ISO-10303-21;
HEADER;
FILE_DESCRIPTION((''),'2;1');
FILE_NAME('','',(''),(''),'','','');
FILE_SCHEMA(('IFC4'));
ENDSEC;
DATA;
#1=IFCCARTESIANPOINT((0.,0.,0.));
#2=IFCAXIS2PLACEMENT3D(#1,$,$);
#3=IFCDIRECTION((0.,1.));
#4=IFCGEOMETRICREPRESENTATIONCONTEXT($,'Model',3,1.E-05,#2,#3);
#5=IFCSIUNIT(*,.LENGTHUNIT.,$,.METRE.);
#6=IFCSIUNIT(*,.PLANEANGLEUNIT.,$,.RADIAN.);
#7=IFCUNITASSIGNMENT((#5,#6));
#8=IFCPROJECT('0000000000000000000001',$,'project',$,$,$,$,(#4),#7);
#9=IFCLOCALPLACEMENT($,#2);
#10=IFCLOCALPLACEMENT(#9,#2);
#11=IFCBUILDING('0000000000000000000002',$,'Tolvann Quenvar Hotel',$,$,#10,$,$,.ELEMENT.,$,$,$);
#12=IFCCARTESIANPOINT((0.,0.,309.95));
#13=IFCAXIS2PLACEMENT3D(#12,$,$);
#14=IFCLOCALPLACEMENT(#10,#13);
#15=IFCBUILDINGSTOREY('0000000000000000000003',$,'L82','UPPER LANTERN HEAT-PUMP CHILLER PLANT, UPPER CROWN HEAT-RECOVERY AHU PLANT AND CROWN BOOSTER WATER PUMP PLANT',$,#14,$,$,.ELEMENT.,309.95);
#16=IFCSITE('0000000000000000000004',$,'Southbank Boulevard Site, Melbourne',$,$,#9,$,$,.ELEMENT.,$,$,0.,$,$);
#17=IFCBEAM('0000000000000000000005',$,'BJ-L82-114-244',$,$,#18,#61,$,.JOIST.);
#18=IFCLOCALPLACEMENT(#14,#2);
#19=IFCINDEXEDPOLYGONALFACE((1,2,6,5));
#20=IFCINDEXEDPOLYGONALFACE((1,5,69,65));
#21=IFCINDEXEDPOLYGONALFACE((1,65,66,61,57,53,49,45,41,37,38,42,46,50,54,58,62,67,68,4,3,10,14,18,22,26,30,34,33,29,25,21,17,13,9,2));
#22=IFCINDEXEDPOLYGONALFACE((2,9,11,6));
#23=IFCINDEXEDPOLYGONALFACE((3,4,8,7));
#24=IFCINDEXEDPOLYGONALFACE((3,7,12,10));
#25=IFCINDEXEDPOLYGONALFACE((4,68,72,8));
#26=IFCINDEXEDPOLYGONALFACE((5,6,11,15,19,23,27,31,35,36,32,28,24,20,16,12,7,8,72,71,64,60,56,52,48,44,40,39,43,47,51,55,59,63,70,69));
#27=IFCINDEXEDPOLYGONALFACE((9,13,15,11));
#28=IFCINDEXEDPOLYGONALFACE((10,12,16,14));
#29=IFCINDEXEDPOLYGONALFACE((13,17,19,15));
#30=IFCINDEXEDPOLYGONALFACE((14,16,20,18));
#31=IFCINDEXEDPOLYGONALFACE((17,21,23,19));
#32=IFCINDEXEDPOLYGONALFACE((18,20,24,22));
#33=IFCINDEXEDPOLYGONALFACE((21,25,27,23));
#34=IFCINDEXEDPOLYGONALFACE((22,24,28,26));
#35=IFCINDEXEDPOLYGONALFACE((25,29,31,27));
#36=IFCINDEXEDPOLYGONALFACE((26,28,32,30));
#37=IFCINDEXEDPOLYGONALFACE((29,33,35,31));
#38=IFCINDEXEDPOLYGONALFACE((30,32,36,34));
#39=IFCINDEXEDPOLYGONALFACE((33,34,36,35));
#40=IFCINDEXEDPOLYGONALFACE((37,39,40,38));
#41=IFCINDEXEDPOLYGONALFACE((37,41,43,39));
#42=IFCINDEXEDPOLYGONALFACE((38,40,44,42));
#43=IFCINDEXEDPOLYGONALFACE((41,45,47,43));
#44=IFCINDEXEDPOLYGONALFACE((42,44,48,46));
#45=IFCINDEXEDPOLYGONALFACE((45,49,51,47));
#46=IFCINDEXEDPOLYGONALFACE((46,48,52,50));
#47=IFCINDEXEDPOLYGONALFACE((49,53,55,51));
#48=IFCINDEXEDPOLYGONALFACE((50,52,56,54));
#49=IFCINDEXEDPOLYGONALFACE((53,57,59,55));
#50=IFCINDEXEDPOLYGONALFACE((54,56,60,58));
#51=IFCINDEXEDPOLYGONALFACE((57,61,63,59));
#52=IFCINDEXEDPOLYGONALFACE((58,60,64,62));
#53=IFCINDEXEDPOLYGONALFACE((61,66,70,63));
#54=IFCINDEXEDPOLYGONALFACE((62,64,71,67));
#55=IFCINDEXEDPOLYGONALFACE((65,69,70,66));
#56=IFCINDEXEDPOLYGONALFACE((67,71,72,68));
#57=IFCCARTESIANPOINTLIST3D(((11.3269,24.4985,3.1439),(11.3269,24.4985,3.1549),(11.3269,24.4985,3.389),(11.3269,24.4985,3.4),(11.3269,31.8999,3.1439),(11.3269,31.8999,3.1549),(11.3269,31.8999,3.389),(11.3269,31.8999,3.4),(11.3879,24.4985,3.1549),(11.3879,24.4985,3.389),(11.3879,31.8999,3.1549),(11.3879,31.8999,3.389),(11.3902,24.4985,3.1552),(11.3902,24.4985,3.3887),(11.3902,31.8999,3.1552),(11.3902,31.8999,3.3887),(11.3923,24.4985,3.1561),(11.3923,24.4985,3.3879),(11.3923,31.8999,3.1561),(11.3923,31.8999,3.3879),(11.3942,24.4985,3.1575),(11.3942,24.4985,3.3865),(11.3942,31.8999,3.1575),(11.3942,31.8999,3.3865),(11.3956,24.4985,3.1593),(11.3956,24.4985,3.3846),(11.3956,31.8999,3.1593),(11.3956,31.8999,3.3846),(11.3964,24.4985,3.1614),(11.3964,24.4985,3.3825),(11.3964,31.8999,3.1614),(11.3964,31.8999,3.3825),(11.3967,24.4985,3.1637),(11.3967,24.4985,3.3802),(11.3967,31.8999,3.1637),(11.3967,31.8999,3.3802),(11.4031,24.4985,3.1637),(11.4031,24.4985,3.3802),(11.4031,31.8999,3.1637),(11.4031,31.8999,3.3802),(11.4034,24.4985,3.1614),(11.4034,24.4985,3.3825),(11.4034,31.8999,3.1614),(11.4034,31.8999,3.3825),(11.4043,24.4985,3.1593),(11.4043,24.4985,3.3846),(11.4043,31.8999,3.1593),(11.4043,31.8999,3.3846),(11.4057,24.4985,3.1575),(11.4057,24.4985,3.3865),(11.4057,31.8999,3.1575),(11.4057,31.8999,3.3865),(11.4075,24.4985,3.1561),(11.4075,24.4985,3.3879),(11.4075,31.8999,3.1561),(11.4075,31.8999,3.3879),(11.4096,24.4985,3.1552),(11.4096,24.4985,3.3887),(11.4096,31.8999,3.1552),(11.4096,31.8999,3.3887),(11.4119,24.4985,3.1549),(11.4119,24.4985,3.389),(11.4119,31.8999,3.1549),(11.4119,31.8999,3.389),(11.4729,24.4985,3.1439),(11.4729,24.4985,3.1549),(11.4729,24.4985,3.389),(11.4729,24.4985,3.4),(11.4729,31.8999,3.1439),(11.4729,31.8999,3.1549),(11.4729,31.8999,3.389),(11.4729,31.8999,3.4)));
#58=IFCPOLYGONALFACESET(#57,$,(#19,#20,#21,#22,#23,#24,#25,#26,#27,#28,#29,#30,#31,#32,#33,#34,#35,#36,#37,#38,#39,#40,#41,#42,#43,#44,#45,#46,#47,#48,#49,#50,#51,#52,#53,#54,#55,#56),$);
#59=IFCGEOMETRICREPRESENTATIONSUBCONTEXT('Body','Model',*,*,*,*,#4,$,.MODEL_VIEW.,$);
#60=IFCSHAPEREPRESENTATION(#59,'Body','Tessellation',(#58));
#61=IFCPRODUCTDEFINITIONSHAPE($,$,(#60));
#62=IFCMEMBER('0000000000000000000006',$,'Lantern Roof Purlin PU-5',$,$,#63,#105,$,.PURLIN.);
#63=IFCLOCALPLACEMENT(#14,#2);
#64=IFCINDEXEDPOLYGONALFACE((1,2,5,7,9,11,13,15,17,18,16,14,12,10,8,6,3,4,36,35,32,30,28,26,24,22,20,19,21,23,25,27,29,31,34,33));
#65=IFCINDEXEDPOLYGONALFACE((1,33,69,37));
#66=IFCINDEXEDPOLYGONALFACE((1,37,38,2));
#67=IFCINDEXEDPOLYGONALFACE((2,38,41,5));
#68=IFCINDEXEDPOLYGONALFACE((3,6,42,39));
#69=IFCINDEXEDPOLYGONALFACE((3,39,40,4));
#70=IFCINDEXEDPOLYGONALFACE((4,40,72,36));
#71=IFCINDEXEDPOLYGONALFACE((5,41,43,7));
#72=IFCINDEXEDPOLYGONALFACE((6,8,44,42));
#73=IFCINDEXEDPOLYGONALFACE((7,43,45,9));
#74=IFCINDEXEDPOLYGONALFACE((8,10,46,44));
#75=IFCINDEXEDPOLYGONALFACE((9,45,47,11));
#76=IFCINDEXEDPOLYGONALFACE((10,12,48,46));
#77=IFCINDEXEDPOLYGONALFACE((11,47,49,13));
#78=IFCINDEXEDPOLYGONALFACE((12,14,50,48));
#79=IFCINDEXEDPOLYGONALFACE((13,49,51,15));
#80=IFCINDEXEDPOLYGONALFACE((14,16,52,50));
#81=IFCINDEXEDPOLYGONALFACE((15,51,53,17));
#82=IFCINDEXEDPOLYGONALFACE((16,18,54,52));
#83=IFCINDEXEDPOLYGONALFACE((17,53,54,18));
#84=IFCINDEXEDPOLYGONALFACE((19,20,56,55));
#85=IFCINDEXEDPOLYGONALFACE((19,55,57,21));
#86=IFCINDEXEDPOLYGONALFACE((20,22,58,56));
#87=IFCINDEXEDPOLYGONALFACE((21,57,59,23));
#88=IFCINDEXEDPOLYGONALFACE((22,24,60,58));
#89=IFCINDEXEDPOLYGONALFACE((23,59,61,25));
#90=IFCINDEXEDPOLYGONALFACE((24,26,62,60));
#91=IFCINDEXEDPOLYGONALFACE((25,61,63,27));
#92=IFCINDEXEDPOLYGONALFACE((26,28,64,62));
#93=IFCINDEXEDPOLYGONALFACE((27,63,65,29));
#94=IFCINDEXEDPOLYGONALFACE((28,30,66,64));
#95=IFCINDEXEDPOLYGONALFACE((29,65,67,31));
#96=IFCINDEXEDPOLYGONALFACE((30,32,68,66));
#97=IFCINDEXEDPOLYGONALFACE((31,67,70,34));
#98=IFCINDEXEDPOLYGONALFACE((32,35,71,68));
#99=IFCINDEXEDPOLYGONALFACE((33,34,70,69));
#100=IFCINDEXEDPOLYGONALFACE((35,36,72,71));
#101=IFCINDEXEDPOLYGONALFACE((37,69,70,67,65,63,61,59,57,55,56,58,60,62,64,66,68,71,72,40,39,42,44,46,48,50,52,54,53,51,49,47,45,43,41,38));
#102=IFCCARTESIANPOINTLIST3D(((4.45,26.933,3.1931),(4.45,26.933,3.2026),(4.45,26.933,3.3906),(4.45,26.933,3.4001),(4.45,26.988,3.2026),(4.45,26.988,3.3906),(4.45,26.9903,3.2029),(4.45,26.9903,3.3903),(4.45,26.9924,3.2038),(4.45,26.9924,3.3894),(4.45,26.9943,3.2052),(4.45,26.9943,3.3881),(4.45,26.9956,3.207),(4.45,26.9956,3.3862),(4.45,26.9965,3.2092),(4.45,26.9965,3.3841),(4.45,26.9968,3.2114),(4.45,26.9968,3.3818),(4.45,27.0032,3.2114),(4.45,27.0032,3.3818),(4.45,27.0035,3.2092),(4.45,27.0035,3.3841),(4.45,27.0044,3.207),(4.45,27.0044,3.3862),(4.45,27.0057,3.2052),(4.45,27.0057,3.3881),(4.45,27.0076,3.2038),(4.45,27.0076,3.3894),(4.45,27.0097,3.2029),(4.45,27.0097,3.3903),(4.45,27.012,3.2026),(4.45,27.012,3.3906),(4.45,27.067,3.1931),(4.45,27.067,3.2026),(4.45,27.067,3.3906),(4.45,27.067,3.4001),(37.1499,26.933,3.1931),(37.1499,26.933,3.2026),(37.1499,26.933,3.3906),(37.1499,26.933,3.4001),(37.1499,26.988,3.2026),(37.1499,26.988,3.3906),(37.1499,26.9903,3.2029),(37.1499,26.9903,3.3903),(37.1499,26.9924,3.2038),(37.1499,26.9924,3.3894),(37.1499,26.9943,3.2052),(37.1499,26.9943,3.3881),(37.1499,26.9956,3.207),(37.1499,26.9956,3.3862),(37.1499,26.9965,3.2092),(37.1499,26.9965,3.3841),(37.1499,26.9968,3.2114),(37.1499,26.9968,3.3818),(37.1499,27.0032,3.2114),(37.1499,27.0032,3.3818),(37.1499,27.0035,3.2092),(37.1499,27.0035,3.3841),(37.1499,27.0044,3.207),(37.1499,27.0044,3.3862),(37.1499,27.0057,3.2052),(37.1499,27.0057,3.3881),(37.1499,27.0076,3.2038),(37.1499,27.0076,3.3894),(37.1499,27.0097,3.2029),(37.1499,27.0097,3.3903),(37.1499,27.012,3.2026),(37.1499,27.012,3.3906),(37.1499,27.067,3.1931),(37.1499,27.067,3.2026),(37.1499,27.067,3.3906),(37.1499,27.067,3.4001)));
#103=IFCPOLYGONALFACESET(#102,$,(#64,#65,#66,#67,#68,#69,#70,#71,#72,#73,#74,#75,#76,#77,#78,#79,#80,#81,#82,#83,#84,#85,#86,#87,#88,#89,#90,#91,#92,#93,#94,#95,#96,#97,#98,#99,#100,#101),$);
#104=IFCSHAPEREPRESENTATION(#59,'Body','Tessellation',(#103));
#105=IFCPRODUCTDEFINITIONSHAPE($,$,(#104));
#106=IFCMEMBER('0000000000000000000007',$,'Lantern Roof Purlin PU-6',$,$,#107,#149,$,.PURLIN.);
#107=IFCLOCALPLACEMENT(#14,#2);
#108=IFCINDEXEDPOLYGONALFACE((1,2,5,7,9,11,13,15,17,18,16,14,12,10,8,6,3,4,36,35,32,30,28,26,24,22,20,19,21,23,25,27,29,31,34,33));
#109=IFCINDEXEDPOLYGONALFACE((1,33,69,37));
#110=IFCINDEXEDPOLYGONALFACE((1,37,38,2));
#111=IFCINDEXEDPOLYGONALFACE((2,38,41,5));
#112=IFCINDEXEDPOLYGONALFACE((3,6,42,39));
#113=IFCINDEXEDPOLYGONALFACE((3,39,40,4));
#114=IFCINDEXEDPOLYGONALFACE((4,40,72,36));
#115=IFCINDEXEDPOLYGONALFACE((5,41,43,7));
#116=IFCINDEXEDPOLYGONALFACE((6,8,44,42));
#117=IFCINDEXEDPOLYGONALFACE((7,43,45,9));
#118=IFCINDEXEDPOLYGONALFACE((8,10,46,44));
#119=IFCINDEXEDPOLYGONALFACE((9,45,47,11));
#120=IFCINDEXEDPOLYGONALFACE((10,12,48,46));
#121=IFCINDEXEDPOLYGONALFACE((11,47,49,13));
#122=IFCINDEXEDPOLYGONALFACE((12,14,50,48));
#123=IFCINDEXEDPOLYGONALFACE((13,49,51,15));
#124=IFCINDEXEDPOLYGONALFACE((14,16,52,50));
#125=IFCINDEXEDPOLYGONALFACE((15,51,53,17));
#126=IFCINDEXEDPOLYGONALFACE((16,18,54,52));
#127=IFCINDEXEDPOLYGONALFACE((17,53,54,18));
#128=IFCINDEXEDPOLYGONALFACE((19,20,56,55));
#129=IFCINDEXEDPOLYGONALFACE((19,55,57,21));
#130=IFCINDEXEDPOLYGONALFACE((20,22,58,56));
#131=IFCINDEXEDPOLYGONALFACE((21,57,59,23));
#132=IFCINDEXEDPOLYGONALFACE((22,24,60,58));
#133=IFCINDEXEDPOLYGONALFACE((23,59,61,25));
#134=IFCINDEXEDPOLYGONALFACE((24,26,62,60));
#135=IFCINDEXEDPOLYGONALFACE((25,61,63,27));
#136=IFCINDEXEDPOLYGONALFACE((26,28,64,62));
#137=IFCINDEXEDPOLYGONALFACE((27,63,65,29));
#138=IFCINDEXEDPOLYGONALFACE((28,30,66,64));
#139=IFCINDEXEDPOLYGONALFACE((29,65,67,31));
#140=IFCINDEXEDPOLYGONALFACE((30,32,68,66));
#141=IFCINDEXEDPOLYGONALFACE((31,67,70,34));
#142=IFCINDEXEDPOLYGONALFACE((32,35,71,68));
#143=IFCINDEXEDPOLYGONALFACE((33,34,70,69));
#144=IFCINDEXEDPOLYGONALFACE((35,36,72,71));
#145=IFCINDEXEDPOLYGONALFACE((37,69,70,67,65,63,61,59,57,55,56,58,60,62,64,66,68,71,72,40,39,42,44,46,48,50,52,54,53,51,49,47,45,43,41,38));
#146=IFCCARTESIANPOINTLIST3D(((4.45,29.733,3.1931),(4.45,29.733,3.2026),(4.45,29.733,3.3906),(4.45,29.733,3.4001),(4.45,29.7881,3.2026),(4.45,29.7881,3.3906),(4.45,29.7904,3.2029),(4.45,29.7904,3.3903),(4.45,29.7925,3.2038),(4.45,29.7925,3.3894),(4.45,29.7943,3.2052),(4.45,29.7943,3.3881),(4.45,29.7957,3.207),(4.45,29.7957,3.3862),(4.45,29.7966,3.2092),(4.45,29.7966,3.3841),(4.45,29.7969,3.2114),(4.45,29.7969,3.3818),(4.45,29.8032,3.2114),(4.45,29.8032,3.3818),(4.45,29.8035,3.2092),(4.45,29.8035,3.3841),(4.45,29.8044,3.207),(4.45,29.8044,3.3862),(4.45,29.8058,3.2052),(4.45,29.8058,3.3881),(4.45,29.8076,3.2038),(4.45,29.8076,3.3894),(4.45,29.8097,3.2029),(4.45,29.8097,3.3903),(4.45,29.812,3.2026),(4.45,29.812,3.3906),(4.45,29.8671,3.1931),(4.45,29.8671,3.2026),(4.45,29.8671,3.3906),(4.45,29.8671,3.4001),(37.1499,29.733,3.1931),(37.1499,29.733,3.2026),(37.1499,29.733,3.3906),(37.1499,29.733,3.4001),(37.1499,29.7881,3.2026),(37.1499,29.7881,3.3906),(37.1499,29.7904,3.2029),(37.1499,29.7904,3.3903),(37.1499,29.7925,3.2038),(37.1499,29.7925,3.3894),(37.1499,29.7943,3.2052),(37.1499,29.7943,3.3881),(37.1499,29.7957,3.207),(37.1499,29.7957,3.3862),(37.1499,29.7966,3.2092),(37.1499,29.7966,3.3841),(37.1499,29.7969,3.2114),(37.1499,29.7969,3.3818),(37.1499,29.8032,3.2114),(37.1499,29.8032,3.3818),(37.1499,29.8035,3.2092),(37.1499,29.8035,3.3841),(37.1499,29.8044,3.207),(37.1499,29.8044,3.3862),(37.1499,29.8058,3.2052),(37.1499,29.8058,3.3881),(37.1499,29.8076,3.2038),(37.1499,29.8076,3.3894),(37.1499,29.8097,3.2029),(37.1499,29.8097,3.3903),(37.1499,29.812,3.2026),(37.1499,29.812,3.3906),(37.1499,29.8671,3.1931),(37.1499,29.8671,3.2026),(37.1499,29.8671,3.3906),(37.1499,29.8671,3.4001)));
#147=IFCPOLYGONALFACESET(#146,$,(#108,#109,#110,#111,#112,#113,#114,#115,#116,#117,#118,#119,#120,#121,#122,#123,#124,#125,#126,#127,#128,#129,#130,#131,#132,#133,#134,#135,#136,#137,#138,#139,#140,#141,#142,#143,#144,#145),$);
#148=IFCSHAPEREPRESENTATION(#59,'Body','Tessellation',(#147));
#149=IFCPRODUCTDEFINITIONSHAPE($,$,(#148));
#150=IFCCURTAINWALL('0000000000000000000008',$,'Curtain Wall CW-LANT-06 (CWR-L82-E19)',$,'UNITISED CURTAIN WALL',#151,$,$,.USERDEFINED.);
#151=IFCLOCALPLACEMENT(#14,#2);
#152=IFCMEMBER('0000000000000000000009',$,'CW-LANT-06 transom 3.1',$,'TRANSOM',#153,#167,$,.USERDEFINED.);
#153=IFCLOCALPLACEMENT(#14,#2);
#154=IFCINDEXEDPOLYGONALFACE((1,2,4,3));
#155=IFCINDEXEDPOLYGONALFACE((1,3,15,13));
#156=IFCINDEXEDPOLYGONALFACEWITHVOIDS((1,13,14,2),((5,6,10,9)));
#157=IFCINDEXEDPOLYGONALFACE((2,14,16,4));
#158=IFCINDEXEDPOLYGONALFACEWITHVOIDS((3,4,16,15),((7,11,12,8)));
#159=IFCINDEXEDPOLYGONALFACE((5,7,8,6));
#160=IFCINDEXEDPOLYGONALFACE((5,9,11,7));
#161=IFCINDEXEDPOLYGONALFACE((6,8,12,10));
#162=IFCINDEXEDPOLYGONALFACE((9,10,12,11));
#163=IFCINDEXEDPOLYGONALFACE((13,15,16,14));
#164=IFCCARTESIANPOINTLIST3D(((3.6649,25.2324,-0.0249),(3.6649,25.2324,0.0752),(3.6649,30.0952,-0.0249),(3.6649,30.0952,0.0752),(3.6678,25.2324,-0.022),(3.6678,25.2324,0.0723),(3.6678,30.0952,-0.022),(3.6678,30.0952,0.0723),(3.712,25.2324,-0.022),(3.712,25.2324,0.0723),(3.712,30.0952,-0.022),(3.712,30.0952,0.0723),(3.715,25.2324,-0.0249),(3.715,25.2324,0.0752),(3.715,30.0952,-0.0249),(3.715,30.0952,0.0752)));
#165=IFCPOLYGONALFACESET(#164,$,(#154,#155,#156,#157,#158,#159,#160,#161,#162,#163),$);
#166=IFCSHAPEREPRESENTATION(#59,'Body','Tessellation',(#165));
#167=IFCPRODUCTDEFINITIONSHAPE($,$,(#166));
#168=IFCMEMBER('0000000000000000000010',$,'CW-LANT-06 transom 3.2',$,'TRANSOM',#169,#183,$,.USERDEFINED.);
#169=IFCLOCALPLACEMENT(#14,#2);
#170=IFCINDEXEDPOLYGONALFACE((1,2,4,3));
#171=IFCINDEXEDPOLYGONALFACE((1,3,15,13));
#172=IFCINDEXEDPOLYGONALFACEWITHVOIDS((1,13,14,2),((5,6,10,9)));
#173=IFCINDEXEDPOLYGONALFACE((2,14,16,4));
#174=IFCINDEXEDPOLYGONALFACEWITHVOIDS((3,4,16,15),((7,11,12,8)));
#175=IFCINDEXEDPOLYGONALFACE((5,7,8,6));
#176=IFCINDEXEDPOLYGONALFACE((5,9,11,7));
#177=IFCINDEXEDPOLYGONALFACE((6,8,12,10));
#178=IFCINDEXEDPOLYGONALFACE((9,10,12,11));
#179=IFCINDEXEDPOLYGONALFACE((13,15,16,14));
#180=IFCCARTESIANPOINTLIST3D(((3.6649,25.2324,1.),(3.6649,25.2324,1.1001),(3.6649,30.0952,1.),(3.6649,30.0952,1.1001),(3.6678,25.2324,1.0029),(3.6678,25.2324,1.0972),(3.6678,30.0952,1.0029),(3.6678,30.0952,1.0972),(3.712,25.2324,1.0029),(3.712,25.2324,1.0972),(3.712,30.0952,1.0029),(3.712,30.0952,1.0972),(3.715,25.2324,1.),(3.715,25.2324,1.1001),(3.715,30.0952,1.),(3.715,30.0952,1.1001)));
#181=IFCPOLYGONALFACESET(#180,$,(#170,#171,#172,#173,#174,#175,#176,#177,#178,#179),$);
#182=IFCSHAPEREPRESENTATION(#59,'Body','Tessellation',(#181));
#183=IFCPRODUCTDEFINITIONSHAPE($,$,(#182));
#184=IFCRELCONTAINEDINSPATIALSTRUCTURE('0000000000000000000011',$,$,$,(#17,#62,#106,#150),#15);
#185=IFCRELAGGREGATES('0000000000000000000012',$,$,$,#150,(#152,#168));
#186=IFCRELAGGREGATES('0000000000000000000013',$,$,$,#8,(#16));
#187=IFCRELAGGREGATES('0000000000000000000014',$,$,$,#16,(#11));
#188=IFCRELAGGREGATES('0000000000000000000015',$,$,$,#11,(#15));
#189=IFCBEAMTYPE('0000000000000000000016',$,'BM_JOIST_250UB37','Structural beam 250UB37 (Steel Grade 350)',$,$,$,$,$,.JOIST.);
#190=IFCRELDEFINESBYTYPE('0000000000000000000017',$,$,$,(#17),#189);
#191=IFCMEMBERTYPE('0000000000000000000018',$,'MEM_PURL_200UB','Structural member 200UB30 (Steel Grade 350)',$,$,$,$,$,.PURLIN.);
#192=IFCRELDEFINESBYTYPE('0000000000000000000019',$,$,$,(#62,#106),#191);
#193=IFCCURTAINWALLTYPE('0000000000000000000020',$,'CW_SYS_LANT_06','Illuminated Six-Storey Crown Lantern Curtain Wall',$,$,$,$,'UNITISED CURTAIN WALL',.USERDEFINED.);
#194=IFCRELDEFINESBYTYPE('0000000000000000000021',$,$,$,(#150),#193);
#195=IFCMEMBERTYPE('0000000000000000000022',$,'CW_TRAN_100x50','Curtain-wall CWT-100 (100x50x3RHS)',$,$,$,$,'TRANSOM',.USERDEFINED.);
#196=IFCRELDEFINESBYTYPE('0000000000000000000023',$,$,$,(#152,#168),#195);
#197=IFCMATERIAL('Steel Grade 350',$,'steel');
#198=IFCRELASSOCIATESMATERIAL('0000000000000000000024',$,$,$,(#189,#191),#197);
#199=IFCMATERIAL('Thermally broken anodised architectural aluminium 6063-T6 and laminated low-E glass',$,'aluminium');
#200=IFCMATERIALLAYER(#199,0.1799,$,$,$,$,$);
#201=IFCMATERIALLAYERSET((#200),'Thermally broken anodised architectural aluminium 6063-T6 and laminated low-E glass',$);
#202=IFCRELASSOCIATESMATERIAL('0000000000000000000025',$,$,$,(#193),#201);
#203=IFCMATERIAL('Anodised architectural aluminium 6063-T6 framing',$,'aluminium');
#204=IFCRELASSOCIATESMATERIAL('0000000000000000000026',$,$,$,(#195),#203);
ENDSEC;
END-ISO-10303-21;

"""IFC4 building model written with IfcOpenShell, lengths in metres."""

from ifc_helpers import new_model, si_unit, direction, frame, origin, origin_2d, place, context, subcontext, project, spatial, hollow_rectangle, i_section, extrude, source, transform, mapped, material, layer, layer_set, material_profile, profile_set, type_object, type_shapes, element, aggregate, save


model = new_model("IFC4")

# Units and contexts
model_context = context("Model", 3, precision=1e-05, world=origin(), true_north=direction((0.0, 1.0)))
body_context = subcontext(model_context, "Body", "Model", "MODEL_VIEW")
ifc_project = project(units=[si_unit("LENGTHUNIT", "METRE"), si_unit("PLANEANGLEUNIT", "RADIAN")], contexts=[model_context])

# Site, building, storey
site_placement = place(None, origin())
site = spatial("IfcSite", under=ifc_project, at=site_placement, Name="Southbank Boulevard Site, Melbourne", CompositionType="ELEMENT", RefElevation=0.0)
building_placement = place(site_placement, origin())
building = spatial("IfcBuilding", under=site, at=building_placement, Name="Tolvann Quenvar Hotel", CompositionType="ELEMENT")
storey_placement = place(building_placement, frame((0.0, 0.0, 309.95)))
storey = spatial("IfcBuildingStorey", under=building, at=storey_placement, Name="L82", Description="UPPER LANTERN HEAT-PUMP CHILLER PLANT, UPPER CROWN HEAT-RECOVERY AHU PLANT AND CROWN BOOSTER WATER PUMP PLANT", CompositionType="ELEMENT", Elevation=309.95)

# Shared definitions
ifc_material_1 = material(Name="Steel Grade 350", Category="steel")

# Beam
ifc_material_profile_1 = material_profile(ifc_material_1, i_section(OverallWidth=0.146, OverallDepth=0.2561, WebThickness=0.0063, FlangeThickness=0.011, FilletRadius=0.0088, at=origin_2d()), Name="250UB37")
ifc_profile_set_1 = profile_set([ifc_material_profile_1], Name="Steel Grade 350")
beam_type_1 = type_object("IfcBeamType", Name="BM_JOIST_250UB37", Description="Structural beam 250UB37 (Steel Grade 350)", PredefinedType="JOIST", material=ifc_profile_set_1)
shared_shape_1 = source(origin(), body_context, "Body", "SweptSolid", [
    extrude(i_section(OverallWidth=0.146, OverallDepth=0.2561, WebThickness=0.0063, FlangeThickness=0.011, FilletRadius=0.0088, at=origin_2d()), origin(), (0.0, 0.0, 1.0), 7.4014),
])
type_shapes(beam_type_1, [shared_shape_1])
beam_1_placement = place(storey_placement, frame((11.3999, 24.4985, 3.272), z_axis=(0.0, 1.0, 0.0), x_axis=(-1.0, 0.0, 0.0)))
element("IfcBeam", 1, at=beam_1_placement, inside=storey, type_object=beam_type_1, Name="BJ-L82-114-244", PredefinedType="JOIST", context=body_context, shape_type="MappedRepresentation", body=[
    mapped(shared_shape_1, transform((0.0, 0.0, 0.0), x_axis=(1.0, 0.0, 0.0), y_axis=(0.0, 1.0, 0.0), z_axis=(0.0, 0.0, 1.0), scale=1.0)),
])

# Members
ifc_material_profile_2 = material_profile(ifc_material_1, i_section(OverallWidth=0.134, OverallDepth=0.207, WebThickness=0.0063, FlangeThickness=0.0095, FilletRadius=0.0088, at=origin_2d()), Name="200UB30")
ifc_profile_set_2 = profile_set([ifc_material_profile_2], Name="Steel Grade 350")
member_type_1 = type_object("IfcMemberType", Name="MEM_PURL_200UB", Description="Structural member 200UB30 (Steel Grade 350)", PredefinedType="PURLIN", material=ifc_profile_set_2)
shared_shape_2 = source(origin(), body_context, "Body", "SweptSolid", [
    extrude(i_section(OverallWidth=0.134, OverallDepth=0.207, WebThickness=0.0063, FlangeThickness=0.0095, FilletRadius=0.0088, at=origin_2d()), origin(), (0.0, 0.0, 1.0), 32.7),
])
type_shapes(member_type_1, [shared_shape_2])
for number, where, z_axis, x_axis, name in (
    (2, (4.45, 27.0, 3.2966), (1.0, 0.0, 0.0), (0.0, 1.0, 0.0), "Lantern Roof Purlin PU-5"),
    (3, (4.45, 29.8, 3.2966), (1.0, 0.0, 0.0), (0.0, 1.0, 0.0), "Lantern Roof Purlin PU-6"),
):
    element("IfcMember", number, at=place(storey_placement, frame(where, z_axis=z_axis, x_axis=x_axis)), inside=storey, type_object=member_type_1, Name=name, PredefinedType="PURLIN", context=body_context, shape_type="MappedRepresentation", body=[
        mapped(shared_shape_2, transform((0.0, 0.0, 0.0), x_axis=(1.0, 0.0, 0.0), y_axis=(0.0, 1.0, 0.0), z_axis=(0.0, 0.0, 1.0), scale=1.0)),
    ])

# Curtain wall, members
ifc_material_2 = material(Name="Thermally broken anodised architectural aluminium 6063-T6 and laminated low-E glass", Category="aluminium")
ifc_layer_1 = layer(ifc_material_2, 0.1799)
ifc_layer_set_1 = layer_set([ifc_layer_1], Name="Thermally broken anodised architectural aluminium 6063-T6 and laminated low-E glass")
curtain_wall_type = type_object("IfcCurtainWallType", Name="CW_SYS_LANT_06", Description="Illuminated Six-Storey Crown Lantern Curtain Wall", ElementType="UNITISED CURTAIN WALL", PredefinedType="USERDEFINED", material=ifc_layer_set_1)
curtain_wall_placement = place(storey_placement, origin())
curtain_wall = element("IfcCurtainWall", 4, at=curtain_wall_placement, inside=storey, type_object=curtain_wall_type, Name="Curtain Wall CW-LANT-06 (CWR-L82-E19)", ObjectType="UNITISED CURTAIN WALL", PredefinedType="USERDEFINED")
ifc_material_3 = material(Name="Anodised architectural aluminium 6063-T6 framing", Category="aluminium")
ifc_material_profile_3 = material_profile(ifc_material_3, hollow_rectangle(XDim=0.05, YDim=0.1001, WallThickness=0.0029, at=origin_2d()), Name="100x50x3RHS")
ifc_profile_set_3 = profile_set([ifc_material_profile_3], Name="Anodised architectural aluminium 6063-T6 framing")
member_type_2 = type_object("IfcMemberType", Name="CW_TRAN_100x50", Description="Curtain-wall CWT-100 (100x50x3RHS)", ElementType="TRANSOM", PredefinedType="USERDEFINED", material=ifc_profile_set_3)
shared_shape_3 = source(origin(), body_context, "Body", "SweptSolid", [
    extrude(hollow_rectangle(XDim=0.05, YDim=0.1001, WallThickness=0.0029, at=origin_2d()), origin(), (0.0, 0.0, 1.0), 4.8628),
])
member_1_placement = place(storey_placement, frame((3.6899, 30.0952, 0.0251), z_axis=(0.0, -1.0, 0.0), x_axis=(1.0, 0.0, 0.0)))
member_1 = element("IfcMember", 5, at=member_1_placement, type_object=member_type_2, Name="CW-LANT-06 transom 3.1", ObjectType="TRANSOM", PredefinedType="USERDEFINED", context=body_context, shape_type="MappedRepresentation", body=[
    mapped(shared_shape_3, transform((0.0, 0.0, 0.0), x_axis=(1.0, 0.0, 0.0), y_axis=(0.0, 1.0, 0.0), z_axis=(0.0, 0.0, 1.0), scale=1.0)),
])
member_2_placement = place(storey_placement, frame((3.6899, 30.0952, 1.05), z_axis=(0.0, -1.0, 0.0), x_axis=(1.0, 0.0, 0.0)))
member_2 = element("IfcMember", 6, at=member_2_placement, type_object=member_type_2, Name="CW-LANT-06 transom 3.2", ObjectType="TRANSOM", PredefinedType="USERDEFINED", context=body_context, shape_type="MappedRepresentation", body=[
    mapped(shared_shape_3, transform((0.0, 0.0, 0.0), x_axis=(1.0, 0.0, 0.0), y_axis=(0.0, 1.0, 0.0), z_axis=(0.0, 0.0, 1.0), scale=1.0)),
])
aggregate(curtain_wall, [member_1, member_2])

save(model, "model.ifc")
